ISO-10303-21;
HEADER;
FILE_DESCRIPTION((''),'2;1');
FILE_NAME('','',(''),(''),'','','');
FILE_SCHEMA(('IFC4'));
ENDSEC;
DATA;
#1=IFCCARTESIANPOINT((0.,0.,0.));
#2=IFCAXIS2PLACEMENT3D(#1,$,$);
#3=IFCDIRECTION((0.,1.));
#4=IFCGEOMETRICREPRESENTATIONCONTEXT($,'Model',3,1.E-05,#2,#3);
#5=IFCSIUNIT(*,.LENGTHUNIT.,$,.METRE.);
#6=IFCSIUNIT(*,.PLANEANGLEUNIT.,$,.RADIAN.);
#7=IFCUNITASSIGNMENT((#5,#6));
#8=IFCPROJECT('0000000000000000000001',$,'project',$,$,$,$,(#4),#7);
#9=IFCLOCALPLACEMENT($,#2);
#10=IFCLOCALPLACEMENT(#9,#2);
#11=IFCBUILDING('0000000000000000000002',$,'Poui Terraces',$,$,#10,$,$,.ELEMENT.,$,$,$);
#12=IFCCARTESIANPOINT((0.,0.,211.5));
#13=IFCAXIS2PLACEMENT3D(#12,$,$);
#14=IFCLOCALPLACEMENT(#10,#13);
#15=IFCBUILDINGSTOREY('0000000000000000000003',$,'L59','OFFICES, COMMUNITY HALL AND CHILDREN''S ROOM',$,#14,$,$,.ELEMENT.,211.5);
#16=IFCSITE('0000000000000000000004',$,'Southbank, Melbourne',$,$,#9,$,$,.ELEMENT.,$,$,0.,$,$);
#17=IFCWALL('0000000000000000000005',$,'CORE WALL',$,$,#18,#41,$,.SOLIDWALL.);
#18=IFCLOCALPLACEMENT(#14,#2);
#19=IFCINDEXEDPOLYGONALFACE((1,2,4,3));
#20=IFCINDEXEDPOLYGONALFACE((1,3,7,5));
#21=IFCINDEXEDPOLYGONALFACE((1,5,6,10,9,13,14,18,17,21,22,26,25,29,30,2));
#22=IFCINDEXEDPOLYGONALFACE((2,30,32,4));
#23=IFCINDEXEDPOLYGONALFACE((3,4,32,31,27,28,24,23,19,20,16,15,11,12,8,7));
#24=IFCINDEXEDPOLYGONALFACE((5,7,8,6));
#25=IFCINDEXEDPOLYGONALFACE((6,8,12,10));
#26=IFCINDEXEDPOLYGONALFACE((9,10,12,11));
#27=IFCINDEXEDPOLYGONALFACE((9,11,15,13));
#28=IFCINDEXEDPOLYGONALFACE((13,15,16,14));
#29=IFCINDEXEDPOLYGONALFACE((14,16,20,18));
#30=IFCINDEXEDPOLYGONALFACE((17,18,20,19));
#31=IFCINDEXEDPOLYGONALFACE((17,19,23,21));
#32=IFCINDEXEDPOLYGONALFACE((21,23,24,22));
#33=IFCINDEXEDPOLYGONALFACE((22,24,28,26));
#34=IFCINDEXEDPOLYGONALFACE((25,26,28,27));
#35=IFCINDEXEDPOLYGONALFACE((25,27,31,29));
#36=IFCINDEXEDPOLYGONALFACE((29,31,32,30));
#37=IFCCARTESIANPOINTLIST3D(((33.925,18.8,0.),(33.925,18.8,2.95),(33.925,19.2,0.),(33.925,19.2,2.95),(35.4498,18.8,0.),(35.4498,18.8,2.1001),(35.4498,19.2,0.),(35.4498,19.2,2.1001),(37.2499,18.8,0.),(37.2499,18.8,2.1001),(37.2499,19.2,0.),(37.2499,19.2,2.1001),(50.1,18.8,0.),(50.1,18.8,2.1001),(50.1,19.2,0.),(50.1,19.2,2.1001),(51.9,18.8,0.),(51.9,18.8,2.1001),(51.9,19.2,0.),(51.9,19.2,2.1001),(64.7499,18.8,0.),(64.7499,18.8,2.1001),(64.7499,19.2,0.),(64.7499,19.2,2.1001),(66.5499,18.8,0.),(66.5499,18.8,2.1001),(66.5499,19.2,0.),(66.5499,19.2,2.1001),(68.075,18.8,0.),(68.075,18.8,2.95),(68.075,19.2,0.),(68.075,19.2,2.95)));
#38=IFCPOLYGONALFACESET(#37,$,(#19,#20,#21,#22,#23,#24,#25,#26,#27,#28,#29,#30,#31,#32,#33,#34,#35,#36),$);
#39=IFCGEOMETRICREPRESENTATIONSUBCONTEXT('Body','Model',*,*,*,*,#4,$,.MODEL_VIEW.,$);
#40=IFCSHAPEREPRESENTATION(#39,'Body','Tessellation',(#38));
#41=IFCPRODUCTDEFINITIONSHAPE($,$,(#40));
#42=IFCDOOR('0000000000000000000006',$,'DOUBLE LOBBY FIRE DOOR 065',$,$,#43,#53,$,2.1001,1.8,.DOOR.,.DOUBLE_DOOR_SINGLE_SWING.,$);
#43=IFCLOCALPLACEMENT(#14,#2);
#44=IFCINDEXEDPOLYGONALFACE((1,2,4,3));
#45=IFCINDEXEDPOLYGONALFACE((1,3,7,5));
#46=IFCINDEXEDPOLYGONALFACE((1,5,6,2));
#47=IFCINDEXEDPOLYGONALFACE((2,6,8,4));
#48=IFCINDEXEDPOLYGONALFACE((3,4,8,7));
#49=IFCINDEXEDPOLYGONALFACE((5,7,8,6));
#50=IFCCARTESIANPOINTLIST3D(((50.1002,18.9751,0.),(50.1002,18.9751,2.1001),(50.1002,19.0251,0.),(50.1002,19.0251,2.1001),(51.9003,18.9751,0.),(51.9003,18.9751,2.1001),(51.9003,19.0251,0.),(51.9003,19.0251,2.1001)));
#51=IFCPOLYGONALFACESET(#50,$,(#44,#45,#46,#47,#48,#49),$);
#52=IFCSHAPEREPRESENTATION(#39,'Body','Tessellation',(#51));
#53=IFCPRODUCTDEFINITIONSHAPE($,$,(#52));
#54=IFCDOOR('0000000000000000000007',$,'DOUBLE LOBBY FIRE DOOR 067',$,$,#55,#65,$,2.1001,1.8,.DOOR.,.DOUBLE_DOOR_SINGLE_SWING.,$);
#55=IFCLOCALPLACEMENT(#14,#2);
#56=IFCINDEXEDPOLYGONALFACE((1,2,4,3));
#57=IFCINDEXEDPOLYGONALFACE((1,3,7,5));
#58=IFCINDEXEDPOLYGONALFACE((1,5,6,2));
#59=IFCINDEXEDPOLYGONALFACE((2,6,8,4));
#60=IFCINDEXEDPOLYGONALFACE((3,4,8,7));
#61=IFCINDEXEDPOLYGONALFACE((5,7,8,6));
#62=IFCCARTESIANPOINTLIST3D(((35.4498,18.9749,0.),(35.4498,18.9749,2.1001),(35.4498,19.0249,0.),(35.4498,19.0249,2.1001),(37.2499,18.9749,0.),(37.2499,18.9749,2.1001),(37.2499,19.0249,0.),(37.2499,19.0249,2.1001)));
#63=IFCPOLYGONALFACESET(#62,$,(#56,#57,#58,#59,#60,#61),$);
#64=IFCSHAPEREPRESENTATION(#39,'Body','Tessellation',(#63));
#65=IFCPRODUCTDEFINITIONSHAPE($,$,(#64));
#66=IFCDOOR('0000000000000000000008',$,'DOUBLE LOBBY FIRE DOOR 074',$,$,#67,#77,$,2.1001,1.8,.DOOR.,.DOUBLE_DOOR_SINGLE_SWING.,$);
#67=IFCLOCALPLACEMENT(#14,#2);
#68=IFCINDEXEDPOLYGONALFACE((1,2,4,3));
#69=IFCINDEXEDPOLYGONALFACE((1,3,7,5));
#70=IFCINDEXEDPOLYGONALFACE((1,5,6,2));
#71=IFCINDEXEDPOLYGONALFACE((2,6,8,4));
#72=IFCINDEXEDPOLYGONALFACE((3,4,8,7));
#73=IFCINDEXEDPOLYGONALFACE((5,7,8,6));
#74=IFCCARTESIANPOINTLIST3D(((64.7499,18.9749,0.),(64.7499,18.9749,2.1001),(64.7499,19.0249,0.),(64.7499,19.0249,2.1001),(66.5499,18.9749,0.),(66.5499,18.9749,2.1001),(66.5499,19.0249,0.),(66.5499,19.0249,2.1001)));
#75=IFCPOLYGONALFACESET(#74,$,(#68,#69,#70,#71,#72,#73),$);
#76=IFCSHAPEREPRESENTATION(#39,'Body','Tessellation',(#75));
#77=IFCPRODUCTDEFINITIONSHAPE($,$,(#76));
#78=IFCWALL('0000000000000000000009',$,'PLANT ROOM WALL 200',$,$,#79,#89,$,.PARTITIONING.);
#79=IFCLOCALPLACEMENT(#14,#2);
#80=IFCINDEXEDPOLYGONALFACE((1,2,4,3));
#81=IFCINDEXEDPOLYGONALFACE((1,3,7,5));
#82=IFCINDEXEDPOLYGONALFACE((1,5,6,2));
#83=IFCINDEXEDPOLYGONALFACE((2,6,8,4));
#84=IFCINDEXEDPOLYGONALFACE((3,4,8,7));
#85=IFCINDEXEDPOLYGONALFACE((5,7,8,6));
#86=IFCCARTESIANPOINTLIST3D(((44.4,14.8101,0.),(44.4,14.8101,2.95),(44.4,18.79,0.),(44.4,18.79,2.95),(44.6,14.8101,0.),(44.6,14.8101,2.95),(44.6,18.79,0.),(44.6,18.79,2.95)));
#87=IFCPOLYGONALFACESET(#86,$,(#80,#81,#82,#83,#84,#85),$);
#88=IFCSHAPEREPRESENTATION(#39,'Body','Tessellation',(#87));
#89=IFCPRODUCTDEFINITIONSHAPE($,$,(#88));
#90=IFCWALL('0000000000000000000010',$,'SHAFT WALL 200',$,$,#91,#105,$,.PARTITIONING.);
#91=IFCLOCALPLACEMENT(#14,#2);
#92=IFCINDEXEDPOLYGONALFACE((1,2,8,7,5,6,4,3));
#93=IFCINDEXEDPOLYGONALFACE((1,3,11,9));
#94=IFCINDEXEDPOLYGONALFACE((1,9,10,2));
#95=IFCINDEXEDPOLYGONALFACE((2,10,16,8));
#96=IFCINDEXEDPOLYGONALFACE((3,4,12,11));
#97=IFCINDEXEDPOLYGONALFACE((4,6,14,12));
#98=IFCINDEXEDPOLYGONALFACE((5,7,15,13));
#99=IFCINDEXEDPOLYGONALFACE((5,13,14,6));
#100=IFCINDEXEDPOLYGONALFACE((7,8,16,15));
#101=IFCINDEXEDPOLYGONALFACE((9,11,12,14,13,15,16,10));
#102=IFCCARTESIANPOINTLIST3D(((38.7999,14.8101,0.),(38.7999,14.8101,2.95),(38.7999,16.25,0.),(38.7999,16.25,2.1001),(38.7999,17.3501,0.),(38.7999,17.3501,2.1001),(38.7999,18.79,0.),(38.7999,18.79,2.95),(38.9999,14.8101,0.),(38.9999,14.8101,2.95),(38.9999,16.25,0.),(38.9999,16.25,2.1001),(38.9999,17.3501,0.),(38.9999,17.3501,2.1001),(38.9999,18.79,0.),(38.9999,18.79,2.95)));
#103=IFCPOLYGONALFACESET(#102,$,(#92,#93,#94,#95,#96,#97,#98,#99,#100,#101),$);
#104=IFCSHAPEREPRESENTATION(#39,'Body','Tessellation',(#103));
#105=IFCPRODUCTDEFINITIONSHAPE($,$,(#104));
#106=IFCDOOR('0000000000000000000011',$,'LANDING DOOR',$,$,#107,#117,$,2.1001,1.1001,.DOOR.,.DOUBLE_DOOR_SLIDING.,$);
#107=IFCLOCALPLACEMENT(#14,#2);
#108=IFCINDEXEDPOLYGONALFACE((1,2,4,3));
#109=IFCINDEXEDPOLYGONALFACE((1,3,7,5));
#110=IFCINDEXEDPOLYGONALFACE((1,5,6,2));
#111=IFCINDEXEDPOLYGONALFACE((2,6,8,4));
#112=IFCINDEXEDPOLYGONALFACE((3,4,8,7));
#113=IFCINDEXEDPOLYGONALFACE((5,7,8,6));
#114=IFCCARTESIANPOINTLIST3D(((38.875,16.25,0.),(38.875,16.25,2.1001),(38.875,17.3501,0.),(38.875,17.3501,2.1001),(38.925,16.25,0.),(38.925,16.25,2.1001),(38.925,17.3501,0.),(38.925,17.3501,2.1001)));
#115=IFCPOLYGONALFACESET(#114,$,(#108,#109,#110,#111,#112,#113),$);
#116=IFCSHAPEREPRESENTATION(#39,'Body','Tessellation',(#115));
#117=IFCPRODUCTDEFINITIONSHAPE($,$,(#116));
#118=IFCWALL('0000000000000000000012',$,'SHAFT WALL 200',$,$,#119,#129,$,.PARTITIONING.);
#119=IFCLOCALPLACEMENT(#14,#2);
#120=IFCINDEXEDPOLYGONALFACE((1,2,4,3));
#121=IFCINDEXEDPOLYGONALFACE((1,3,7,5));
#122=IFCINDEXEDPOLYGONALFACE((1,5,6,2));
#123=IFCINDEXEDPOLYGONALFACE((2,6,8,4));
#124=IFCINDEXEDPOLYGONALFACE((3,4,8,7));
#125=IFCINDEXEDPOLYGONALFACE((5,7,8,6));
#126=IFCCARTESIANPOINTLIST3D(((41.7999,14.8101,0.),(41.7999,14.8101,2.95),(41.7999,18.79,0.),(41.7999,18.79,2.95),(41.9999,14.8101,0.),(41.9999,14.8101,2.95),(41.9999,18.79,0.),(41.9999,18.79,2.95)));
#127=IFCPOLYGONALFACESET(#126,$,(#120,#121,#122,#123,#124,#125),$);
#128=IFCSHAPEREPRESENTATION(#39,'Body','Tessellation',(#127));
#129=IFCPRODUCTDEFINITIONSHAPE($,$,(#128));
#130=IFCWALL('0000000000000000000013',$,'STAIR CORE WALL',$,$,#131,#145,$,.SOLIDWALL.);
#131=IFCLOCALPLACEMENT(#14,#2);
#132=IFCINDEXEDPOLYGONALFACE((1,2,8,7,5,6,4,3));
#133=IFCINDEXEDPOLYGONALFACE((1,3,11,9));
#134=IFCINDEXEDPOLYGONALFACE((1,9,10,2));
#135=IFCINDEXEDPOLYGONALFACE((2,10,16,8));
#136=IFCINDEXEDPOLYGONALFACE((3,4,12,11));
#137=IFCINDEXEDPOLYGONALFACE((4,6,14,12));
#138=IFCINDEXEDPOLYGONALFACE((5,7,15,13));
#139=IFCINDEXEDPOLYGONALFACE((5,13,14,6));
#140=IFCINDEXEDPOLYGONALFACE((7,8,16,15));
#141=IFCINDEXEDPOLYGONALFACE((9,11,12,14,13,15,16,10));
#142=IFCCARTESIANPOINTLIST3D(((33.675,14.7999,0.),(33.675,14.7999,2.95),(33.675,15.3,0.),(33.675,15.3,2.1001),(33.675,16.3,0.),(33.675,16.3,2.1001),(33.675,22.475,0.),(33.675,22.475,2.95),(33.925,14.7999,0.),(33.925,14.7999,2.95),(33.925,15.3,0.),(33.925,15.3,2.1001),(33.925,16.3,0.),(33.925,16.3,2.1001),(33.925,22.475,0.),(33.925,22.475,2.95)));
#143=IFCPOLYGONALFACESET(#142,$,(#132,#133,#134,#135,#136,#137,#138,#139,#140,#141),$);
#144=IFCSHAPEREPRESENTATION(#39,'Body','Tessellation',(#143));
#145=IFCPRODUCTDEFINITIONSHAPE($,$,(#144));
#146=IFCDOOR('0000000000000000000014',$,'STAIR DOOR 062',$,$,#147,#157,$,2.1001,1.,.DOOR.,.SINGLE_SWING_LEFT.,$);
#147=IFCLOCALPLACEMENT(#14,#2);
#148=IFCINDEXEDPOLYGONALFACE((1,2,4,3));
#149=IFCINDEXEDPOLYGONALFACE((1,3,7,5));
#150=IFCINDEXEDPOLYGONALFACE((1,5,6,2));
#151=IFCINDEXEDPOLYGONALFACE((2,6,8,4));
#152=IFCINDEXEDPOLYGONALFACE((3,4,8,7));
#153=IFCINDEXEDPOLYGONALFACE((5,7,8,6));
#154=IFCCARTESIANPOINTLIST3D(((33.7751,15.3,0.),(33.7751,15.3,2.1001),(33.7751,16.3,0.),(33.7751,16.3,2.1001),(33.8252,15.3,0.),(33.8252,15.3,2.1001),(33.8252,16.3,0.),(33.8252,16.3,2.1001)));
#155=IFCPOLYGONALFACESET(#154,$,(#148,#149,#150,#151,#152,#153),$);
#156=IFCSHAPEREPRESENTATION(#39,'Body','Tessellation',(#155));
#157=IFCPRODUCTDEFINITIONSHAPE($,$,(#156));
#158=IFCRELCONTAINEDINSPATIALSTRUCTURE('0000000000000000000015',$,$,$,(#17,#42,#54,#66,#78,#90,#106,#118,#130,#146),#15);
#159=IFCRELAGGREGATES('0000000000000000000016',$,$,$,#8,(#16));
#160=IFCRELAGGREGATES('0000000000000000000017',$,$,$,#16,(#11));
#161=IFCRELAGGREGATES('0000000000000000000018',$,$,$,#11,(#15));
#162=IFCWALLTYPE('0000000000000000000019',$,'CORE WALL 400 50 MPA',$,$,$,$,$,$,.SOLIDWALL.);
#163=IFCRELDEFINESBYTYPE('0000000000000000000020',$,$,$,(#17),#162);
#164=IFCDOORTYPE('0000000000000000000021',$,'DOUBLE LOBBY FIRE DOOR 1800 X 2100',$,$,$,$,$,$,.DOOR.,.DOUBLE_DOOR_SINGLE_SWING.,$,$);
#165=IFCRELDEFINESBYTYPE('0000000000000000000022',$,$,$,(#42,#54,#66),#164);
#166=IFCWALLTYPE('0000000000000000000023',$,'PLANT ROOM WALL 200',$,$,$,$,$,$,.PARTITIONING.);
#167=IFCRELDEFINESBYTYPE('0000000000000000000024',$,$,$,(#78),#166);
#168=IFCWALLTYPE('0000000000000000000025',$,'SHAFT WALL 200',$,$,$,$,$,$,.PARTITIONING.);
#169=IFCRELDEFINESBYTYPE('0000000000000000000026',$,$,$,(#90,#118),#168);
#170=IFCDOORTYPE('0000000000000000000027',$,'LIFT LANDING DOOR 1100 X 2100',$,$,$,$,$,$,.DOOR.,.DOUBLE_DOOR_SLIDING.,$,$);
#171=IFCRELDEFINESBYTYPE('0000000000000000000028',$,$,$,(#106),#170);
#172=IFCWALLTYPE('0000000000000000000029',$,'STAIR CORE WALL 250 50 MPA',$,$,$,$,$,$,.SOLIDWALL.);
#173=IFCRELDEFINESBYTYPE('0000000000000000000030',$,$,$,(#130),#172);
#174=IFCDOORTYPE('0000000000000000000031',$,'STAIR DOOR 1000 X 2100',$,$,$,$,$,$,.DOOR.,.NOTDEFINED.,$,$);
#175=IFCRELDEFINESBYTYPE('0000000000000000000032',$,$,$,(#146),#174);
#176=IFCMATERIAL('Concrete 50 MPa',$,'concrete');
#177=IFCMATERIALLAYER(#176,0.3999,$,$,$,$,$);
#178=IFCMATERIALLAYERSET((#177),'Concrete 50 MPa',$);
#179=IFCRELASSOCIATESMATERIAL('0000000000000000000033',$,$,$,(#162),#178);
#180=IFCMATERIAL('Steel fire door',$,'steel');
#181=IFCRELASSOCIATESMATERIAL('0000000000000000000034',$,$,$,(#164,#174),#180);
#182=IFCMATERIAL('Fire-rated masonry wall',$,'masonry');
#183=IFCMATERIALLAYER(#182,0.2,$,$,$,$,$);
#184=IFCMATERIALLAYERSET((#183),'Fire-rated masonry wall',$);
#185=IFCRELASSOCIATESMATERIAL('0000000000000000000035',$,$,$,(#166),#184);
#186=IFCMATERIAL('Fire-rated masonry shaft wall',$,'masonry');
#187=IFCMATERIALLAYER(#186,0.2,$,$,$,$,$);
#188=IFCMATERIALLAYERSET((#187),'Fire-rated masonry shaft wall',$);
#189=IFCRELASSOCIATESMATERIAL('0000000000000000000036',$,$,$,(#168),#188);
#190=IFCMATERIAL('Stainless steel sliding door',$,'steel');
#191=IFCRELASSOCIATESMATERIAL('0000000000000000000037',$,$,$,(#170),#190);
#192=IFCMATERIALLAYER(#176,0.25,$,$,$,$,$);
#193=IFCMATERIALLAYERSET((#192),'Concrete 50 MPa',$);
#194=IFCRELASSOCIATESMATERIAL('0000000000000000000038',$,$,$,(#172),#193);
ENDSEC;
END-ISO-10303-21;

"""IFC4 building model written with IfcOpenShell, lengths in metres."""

from ifc_helpers import new_model, si_unit, direction, frame, frame_2d, origin, place, context, subcontext, project, spatial, rectangle, extrude, material, layer, layer_set, type_object, element, fill, save


model = new_model("IFC4")

# Units and contexts
model_context = context("Model", 3, precision=1e-05, world=origin(), true_north=direction((0.0, 1.0)))
body_context = subcontext(model_context, "Body", "Model", "MODEL_VIEW")
ifc_project = project(units=[si_unit("LENGTHUNIT", "METRE"), si_unit("PLANEANGLEUNIT", "RADIAN")], contexts=[model_context])

# Site, building, storey
site_placement = place(None, origin())
site = spatial("IfcSite", under=ifc_project, at=site_placement, Name="Southbank, Melbourne", CompositionType="ELEMENT", RefElevation=0.0)
building_placement = place(site_placement, origin())
building = spatial("IfcBuilding", under=site, at=building_placement, Name="Poui Terraces", CompositionType="ELEMENT")
storey_placement = place(building_placement, frame((0.0, 0.0, 211.5)))
storey = spatial("IfcBuildingStorey", under=building, at=storey_placement, Name="L59", Description="OFFICES, COMMUNITY HALL AND CHILDREN'S ROOM", CompositionType="ELEMENT", Elevation=211.5)

# Wall, openings, doors
ifc_material_1 = material(Name="Concrete 50 MPa", Category="concrete")
ifc_layer_1 = layer(ifc_material_1, 0.3999)
ifc_layer_set_1 = layer_set([ifc_layer_1], Name="Concrete 50 MPa")
wall_type_1 = type_object("IfcWallType", Name="CORE WALL 400 50 MPA", PredefinedType="SOLIDWALL", material=ifc_layer_set_1)
wall_1_placement = place(storey_placement, frame((33.925, 19.0, 0.0), z_axis=(0.0, 0.0, 1.0), x_axis=(1.0, 0.0, 0.0)))
wall_1 = element("IfcWall", 1, at=wall_1_placement, inside=storey, type_object=wall_type_1, Name="CORE WALL", PredefinedType="SOLIDWALL", context=body_context, shape_type="SweptSolid", body=[
    extrude(rectangle(XDim=34.1499, YDim=0.3999, at=frame_2d((17.075, 0.0))), origin(), (0.0, 0.0, 1.0), 2.95),
])
opening_1_placement = place(wall_1_placement, frame((16.175, 0.0, 0.0)))
opening_1 = element("IfcOpeningElement", 2, at=opening_1_placement, cuts=wall_1, PredefinedType="OPENING", context=body_context, shape_type="SweptSolid", body=[
    extrude(rectangle(XDim=1.8, YDim=2.1001, at=frame_2d((0.8999, 1.05))), frame((0.0, 0.21, 0.0), z_axis=(0.0, -1.0, 0.0), x_axis=(1.0, 0.0, 0.0)), (0.0, 0.0, 1.0), 0.4199),
])
opening_2_placement = place(wall_1_placement, frame((1.5249, 0.0, 0.0)))
opening_2 = element("IfcOpeningElement", 3, at=opening_2_placement, cuts=wall_1, PredefinedType="OPENING", context=body_context, shape_type="SweptSolid", body=[
    extrude(rectangle(XDim=1.8, YDim=2.1001, at=frame_2d((0.8999, 1.05))), frame((0.0, 0.21, 0.0), z_axis=(0.0, -1.0, 0.0), x_axis=(1.0, 0.0, 0.0)), (0.0, 0.0, 1.0), 0.4199),
])
opening_3_placement = place(wall_1_placement, frame((30.825, 0.0, 0.0)))
opening_3 = element("IfcOpeningElement", 4, at=opening_3_placement, cuts=wall_1, PredefinedType="OPENING", context=body_context, shape_type="SweptSolid", body=[
    extrude(rectangle(XDim=1.8, YDim=2.1001, at=frame_2d((0.8999, 1.05))), frame((0.0, 0.21, 0.0), z_axis=(0.0, -1.0, 0.0), x_axis=(1.0, 0.0, 0.0)), (0.0, 0.0, 1.0), 0.4199),
])
ifc_material_2 = material(Name="Steel fire door", Category="steel")
door_type_1 = type_object("IfcDoorType", Name="DOUBLE LOBBY FIRE DOOR 1800 X 2100", OperationType="DOUBLE_DOOR_SINGLE_SWING", PredefinedType="DOOR", material=ifc_material_2)
door_1_placement = place(opening_1_placement, frame((1.8, 0.0, 0.0), z_axis=(0.0, 0.0, 1.0), x_axis=(-1.0, 0.0, 0.0)))
door_1 = element("IfcDoor", 5, at=door_1_placement, inside=storey, type_object=door_type_1, Name="DOUBLE LOBBY FIRE DOOR 065", OperationType="DOUBLE_DOOR_SINGLE_SWING", OverallHeight=2.1001, OverallWidth=1.8, PredefinedType="DOOR", context=body_context, shape_type="SweptSolid", body=[
    extrude(rectangle(XDim=1.8, YDim=2.1001, at=frame_2d((0.8999, 1.05))), frame((0.0, 0.0249, 0.0), z_axis=(0.0, -1.0, 0.0), x_axis=(1.0, 0.0, 0.0)), (0.0, 0.0, 1.0), 0.05),
])
fill(opening_1, door_1)
door_2_placement = place(opening_2_placement, origin())
door_2 = element("IfcDoor", 6, at=door_2_placement, inside=storey, type_object=door_type_1, Name="DOUBLE LOBBY FIRE DOOR 067", OperationType="DOUBLE_DOOR_SINGLE_SWING", OverallHeight=2.1001, OverallWidth=1.8, PredefinedType="DOOR", context=body_context, shape_type="SweptSolid", body=[
    extrude(rectangle(XDim=1.8, YDim=2.1001, at=frame_2d((0.8999, 1.05))), frame((0.0, 0.0249, 0.0), z_axis=(0.0, -1.0, 0.0), x_axis=(1.0, 0.0, 0.0)), (0.0, 0.0, 1.0), 0.05),
])
fill(opening_2, door_2)
door_3_placement = place(opening_3_placement, origin())
door_3 = element("IfcDoor", 7, at=door_3_placement, inside=storey, type_object=door_type_1, Name="DOUBLE LOBBY FIRE DOOR 074", OperationType="DOUBLE_DOOR_SINGLE_SWING", OverallHeight=2.1001, OverallWidth=1.8, PredefinedType="DOOR", context=body_context, shape_type="SweptSolid", body=[
    extrude(rectangle(XDim=1.8, YDim=2.1001, at=frame_2d((0.8999, 1.05))), frame((0.0, 0.0249, 0.0), z_axis=(0.0, -1.0, 0.0), x_axis=(1.0, 0.0, 0.0)), (0.0, 0.0, 1.0), 0.05),
])
fill(opening_3, door_3)

# Wall
ifc_material_3 = material(Name="Fire-rated masonry wall", Category="masonry")
ifc_layer_2 = layer(ifc_material_3, 0.2)
ifc_layer_set_2 = layer_set([ifc_layer_2], Name="Fire-rated masonry wall")
wall_type_2 = type_object("IfcWallType", Name="PLANT ROOM WALL 200", PredefinedType="PARTITIONING", material=ifc_layer_set_2)
wall_2_placement = place(storey_placement, frame((44.5, 14.8101, 0.0), z_axis=(0.0, 0.0, 1.0), x_axis=(0.0, 1.0, 0.0)))
element("IfcWall", 8, at=wall_2_placement, inside=storey, type_object=wall_type_2, Name="PLANT ROOM WALL 200", PredefinedType="PARTITIONING", context=body_context, shape_type="SweptSolid", body=[
    extrude(rectangle(XDim=3.98, YDim=0.2, at=frame_2d((1.99, 0.0))), origin(), (0.0, 0.0, 1.0), 2.95),
])

# Wall, opening, door
ifc_material_4 = material(Name="Fire-rated masonry shaft wall", Category="masonry")
ifc_layer_3 = layer(ifc_material_4, 0.2)
ifc_layer_set_3 = layer_set([ifc_layer_3], Name="Fire-rated masonry shaft wall")
wall_type_3 = type_object("IfcWallType", Name="SHAFT WALL 200", PredefinedType="PARTITIONING", material=ifc_layer_set_3)
wall_3_placement = place(storey_placement, frame((38.8999, 14.8101, 0.0), z_axis=(0.0, 0.0, 1.0), x_axis=(0.0, 1.0, 0.0)))
wall_3 = element("IfcWall", 9, at=wall_3_placement, inside=storey, type_object=wall_type_3, Name="SHAFT WALL 200", PredefinedType="PARTITIONING", context=body_context, shape_type="SweptSolid", body=[
    extrude(rectangle(XDim=3.98, YDim=0.2, at=frame_2d((1.99, 0.0))), origin(), (0.0, 0.0, 1.0), 2.95),
])
opening_4_placement = place(wall_3_placement, frame((1.4399, 0.0, 0.0)))
opening_4 = element("IfcOpeningElement", 10, at=opening_4_placement, cuts=wall_3, PredefinedType="OPENING", context=body_context, shape_type="SweptSolid", body=[
    extrude(rectangle(XDim=1.1001, YDim=2.1001, at=frame_2d((0.55, 1.05))), frame((0.0, 0.1099, 0.0), z_axis=(0.0, -1.0, 0.0), x_axis=(1.0, 0.0, 0.0)), (0.0, 0.0, 1.0), 0.22),
])
ifc_material_5 = material(Name="Stainless steel sliding door", Category="steel")
door_type_2 = type_object("IfcDoorType", Name="LIFT LANDING DOOR 1100 X 2100", OperationType="DOUBLE_DOOR_SLIDING", PredefinedType="DOOR", material=ifc_material_5)
door_4_placement = place(opening_4_placement, origin())
door_4 = element("IfcDoor", 11, at=door_4_placement, inside=storey, type_object=door_type_2, Name="LANDING DOOR", OperationType="DOUBLE_DOOR_SLIDING", OverallHeight=2.1001, OverallWidth=1.1001, PredefinedType="DOOR", context=body_context, shape_type="SweptSolid", body=[
    extrude(rectangle(XDim=1.1001, YDim=2.1001, at=frame_2d((0.55, 1.05))), frame((0.0, 0.0249, 0.0), z_axis=(0.0, -1.0, 0.0), x_axis=(1.0, 0.0, 0.0)), (0.0, 0.0, 1.0), 0.05),
])
fill(opening_4, door_4)

# Wall
wall_4_placement = place(storey_placement, frame((41.8999, 14.8101, 0.0), z_axis=(0.0, 0.0, 1.0), x_axis=(0.0, 1.0, 0.0)))
element("IfcWall", 12, at=wall_4_placement, inside=storey, type_object=wall_type_3, Name="SHAFT WALL 200", PredefinedType="PARTITIONING", context=body_context, shape_type="SweptSolid", body=[
    extrude(rectangle(XDim=3.98, YDim=0.2, at=frame_2d((1.99, 0.0))), origin(), (0.0, 0.0, 1.0), 2.95),
])

# Wall, opening, door
ifc_layer_4 = layer(ifc_material_1, 0.25)
ifc_layer_set_4 = layer_set([ifc_layer_4], Name="Concrete 50 MPa")
wall_type_4 = type_object("IfcWallType", Name="STAIR CORE WALL 250 50 MPA", PredefinedType="SOLIDWALL", material=ifc_layer_set_4)
wall_5_placement = place(storey_placement, frame((33.8, 14.8, 0.0), z_axis=(0.0, 0.0, 1.0), x_axis=(0.0, 1.0, 0.0)))
wall_5 = element("IfcWall", 13, at=wall_5_placement, inside=storey, type_object=wall_type_4, Name="STAIR CORE WALL", PredefinedType="SOLIDWALL", context=body_context, shape_type="SweptSolid", body=[
    extrude(rectangle(XDim=7.675, YDim=0.25, at=frame_2d((3.8374, 0.0))), origin(), (0.0, 0.0, 1.0), 2.95),
])
opening_5_placement = place(wall_5_placement, frame((0.5, 0.0, 0.0)))
opening_5 = element("IfcOpeningElement", 14, at=opening_5_placement, cuts=wall_5, PredefinedType="OPENING", context=body_context, shape_type="SweptSolid", body=[
    extrude(rectangle(XDim=1.0, YDim=2.1001, at=frame_2d((0.5, 1.05))), frame((0.0, 0.135, 0.0), z_axis=(0.0, -1.0, 0.0), x_axis=(1.0, 0.0, 0.0)), (0.0, 0.0, 1.0), 0.27),
])
door_type_3 = type_object("IfcDoorType", Name="STAIR DOOR 1000 X 2100", OperationType="NOTDEFINED", PredefinedType="DOOR", material=ifc_material_2)
door_5_placement = place(opening_5_placement, origin())
door_5 = element("IfcDoor", 15, at=door_5_placement, inside=storey, type_object=door_type_3, Name="STAIR DOOR 062", OperationType="SINGLE_SWING_LEFT", OverallHeight=2.1001, OverallWidth=1.0, PredefinedType="DOOR", context=body_context, shape_type="SweptSolid", body=[
    extrude(rectangle(XDim=1.0, YDim=2.1001, at=frame_2d((0.5, 1.05))), frame((0.0, 0.0249, 0.0), z_axis=(0.0, -1.0, 0.0), x_axis=(1.0, 0.0, 0.0)), (0.0, 0.0, 1.0), 0.05),
])
fill(opening_5, door_5)

save(model, "model.ifc")
